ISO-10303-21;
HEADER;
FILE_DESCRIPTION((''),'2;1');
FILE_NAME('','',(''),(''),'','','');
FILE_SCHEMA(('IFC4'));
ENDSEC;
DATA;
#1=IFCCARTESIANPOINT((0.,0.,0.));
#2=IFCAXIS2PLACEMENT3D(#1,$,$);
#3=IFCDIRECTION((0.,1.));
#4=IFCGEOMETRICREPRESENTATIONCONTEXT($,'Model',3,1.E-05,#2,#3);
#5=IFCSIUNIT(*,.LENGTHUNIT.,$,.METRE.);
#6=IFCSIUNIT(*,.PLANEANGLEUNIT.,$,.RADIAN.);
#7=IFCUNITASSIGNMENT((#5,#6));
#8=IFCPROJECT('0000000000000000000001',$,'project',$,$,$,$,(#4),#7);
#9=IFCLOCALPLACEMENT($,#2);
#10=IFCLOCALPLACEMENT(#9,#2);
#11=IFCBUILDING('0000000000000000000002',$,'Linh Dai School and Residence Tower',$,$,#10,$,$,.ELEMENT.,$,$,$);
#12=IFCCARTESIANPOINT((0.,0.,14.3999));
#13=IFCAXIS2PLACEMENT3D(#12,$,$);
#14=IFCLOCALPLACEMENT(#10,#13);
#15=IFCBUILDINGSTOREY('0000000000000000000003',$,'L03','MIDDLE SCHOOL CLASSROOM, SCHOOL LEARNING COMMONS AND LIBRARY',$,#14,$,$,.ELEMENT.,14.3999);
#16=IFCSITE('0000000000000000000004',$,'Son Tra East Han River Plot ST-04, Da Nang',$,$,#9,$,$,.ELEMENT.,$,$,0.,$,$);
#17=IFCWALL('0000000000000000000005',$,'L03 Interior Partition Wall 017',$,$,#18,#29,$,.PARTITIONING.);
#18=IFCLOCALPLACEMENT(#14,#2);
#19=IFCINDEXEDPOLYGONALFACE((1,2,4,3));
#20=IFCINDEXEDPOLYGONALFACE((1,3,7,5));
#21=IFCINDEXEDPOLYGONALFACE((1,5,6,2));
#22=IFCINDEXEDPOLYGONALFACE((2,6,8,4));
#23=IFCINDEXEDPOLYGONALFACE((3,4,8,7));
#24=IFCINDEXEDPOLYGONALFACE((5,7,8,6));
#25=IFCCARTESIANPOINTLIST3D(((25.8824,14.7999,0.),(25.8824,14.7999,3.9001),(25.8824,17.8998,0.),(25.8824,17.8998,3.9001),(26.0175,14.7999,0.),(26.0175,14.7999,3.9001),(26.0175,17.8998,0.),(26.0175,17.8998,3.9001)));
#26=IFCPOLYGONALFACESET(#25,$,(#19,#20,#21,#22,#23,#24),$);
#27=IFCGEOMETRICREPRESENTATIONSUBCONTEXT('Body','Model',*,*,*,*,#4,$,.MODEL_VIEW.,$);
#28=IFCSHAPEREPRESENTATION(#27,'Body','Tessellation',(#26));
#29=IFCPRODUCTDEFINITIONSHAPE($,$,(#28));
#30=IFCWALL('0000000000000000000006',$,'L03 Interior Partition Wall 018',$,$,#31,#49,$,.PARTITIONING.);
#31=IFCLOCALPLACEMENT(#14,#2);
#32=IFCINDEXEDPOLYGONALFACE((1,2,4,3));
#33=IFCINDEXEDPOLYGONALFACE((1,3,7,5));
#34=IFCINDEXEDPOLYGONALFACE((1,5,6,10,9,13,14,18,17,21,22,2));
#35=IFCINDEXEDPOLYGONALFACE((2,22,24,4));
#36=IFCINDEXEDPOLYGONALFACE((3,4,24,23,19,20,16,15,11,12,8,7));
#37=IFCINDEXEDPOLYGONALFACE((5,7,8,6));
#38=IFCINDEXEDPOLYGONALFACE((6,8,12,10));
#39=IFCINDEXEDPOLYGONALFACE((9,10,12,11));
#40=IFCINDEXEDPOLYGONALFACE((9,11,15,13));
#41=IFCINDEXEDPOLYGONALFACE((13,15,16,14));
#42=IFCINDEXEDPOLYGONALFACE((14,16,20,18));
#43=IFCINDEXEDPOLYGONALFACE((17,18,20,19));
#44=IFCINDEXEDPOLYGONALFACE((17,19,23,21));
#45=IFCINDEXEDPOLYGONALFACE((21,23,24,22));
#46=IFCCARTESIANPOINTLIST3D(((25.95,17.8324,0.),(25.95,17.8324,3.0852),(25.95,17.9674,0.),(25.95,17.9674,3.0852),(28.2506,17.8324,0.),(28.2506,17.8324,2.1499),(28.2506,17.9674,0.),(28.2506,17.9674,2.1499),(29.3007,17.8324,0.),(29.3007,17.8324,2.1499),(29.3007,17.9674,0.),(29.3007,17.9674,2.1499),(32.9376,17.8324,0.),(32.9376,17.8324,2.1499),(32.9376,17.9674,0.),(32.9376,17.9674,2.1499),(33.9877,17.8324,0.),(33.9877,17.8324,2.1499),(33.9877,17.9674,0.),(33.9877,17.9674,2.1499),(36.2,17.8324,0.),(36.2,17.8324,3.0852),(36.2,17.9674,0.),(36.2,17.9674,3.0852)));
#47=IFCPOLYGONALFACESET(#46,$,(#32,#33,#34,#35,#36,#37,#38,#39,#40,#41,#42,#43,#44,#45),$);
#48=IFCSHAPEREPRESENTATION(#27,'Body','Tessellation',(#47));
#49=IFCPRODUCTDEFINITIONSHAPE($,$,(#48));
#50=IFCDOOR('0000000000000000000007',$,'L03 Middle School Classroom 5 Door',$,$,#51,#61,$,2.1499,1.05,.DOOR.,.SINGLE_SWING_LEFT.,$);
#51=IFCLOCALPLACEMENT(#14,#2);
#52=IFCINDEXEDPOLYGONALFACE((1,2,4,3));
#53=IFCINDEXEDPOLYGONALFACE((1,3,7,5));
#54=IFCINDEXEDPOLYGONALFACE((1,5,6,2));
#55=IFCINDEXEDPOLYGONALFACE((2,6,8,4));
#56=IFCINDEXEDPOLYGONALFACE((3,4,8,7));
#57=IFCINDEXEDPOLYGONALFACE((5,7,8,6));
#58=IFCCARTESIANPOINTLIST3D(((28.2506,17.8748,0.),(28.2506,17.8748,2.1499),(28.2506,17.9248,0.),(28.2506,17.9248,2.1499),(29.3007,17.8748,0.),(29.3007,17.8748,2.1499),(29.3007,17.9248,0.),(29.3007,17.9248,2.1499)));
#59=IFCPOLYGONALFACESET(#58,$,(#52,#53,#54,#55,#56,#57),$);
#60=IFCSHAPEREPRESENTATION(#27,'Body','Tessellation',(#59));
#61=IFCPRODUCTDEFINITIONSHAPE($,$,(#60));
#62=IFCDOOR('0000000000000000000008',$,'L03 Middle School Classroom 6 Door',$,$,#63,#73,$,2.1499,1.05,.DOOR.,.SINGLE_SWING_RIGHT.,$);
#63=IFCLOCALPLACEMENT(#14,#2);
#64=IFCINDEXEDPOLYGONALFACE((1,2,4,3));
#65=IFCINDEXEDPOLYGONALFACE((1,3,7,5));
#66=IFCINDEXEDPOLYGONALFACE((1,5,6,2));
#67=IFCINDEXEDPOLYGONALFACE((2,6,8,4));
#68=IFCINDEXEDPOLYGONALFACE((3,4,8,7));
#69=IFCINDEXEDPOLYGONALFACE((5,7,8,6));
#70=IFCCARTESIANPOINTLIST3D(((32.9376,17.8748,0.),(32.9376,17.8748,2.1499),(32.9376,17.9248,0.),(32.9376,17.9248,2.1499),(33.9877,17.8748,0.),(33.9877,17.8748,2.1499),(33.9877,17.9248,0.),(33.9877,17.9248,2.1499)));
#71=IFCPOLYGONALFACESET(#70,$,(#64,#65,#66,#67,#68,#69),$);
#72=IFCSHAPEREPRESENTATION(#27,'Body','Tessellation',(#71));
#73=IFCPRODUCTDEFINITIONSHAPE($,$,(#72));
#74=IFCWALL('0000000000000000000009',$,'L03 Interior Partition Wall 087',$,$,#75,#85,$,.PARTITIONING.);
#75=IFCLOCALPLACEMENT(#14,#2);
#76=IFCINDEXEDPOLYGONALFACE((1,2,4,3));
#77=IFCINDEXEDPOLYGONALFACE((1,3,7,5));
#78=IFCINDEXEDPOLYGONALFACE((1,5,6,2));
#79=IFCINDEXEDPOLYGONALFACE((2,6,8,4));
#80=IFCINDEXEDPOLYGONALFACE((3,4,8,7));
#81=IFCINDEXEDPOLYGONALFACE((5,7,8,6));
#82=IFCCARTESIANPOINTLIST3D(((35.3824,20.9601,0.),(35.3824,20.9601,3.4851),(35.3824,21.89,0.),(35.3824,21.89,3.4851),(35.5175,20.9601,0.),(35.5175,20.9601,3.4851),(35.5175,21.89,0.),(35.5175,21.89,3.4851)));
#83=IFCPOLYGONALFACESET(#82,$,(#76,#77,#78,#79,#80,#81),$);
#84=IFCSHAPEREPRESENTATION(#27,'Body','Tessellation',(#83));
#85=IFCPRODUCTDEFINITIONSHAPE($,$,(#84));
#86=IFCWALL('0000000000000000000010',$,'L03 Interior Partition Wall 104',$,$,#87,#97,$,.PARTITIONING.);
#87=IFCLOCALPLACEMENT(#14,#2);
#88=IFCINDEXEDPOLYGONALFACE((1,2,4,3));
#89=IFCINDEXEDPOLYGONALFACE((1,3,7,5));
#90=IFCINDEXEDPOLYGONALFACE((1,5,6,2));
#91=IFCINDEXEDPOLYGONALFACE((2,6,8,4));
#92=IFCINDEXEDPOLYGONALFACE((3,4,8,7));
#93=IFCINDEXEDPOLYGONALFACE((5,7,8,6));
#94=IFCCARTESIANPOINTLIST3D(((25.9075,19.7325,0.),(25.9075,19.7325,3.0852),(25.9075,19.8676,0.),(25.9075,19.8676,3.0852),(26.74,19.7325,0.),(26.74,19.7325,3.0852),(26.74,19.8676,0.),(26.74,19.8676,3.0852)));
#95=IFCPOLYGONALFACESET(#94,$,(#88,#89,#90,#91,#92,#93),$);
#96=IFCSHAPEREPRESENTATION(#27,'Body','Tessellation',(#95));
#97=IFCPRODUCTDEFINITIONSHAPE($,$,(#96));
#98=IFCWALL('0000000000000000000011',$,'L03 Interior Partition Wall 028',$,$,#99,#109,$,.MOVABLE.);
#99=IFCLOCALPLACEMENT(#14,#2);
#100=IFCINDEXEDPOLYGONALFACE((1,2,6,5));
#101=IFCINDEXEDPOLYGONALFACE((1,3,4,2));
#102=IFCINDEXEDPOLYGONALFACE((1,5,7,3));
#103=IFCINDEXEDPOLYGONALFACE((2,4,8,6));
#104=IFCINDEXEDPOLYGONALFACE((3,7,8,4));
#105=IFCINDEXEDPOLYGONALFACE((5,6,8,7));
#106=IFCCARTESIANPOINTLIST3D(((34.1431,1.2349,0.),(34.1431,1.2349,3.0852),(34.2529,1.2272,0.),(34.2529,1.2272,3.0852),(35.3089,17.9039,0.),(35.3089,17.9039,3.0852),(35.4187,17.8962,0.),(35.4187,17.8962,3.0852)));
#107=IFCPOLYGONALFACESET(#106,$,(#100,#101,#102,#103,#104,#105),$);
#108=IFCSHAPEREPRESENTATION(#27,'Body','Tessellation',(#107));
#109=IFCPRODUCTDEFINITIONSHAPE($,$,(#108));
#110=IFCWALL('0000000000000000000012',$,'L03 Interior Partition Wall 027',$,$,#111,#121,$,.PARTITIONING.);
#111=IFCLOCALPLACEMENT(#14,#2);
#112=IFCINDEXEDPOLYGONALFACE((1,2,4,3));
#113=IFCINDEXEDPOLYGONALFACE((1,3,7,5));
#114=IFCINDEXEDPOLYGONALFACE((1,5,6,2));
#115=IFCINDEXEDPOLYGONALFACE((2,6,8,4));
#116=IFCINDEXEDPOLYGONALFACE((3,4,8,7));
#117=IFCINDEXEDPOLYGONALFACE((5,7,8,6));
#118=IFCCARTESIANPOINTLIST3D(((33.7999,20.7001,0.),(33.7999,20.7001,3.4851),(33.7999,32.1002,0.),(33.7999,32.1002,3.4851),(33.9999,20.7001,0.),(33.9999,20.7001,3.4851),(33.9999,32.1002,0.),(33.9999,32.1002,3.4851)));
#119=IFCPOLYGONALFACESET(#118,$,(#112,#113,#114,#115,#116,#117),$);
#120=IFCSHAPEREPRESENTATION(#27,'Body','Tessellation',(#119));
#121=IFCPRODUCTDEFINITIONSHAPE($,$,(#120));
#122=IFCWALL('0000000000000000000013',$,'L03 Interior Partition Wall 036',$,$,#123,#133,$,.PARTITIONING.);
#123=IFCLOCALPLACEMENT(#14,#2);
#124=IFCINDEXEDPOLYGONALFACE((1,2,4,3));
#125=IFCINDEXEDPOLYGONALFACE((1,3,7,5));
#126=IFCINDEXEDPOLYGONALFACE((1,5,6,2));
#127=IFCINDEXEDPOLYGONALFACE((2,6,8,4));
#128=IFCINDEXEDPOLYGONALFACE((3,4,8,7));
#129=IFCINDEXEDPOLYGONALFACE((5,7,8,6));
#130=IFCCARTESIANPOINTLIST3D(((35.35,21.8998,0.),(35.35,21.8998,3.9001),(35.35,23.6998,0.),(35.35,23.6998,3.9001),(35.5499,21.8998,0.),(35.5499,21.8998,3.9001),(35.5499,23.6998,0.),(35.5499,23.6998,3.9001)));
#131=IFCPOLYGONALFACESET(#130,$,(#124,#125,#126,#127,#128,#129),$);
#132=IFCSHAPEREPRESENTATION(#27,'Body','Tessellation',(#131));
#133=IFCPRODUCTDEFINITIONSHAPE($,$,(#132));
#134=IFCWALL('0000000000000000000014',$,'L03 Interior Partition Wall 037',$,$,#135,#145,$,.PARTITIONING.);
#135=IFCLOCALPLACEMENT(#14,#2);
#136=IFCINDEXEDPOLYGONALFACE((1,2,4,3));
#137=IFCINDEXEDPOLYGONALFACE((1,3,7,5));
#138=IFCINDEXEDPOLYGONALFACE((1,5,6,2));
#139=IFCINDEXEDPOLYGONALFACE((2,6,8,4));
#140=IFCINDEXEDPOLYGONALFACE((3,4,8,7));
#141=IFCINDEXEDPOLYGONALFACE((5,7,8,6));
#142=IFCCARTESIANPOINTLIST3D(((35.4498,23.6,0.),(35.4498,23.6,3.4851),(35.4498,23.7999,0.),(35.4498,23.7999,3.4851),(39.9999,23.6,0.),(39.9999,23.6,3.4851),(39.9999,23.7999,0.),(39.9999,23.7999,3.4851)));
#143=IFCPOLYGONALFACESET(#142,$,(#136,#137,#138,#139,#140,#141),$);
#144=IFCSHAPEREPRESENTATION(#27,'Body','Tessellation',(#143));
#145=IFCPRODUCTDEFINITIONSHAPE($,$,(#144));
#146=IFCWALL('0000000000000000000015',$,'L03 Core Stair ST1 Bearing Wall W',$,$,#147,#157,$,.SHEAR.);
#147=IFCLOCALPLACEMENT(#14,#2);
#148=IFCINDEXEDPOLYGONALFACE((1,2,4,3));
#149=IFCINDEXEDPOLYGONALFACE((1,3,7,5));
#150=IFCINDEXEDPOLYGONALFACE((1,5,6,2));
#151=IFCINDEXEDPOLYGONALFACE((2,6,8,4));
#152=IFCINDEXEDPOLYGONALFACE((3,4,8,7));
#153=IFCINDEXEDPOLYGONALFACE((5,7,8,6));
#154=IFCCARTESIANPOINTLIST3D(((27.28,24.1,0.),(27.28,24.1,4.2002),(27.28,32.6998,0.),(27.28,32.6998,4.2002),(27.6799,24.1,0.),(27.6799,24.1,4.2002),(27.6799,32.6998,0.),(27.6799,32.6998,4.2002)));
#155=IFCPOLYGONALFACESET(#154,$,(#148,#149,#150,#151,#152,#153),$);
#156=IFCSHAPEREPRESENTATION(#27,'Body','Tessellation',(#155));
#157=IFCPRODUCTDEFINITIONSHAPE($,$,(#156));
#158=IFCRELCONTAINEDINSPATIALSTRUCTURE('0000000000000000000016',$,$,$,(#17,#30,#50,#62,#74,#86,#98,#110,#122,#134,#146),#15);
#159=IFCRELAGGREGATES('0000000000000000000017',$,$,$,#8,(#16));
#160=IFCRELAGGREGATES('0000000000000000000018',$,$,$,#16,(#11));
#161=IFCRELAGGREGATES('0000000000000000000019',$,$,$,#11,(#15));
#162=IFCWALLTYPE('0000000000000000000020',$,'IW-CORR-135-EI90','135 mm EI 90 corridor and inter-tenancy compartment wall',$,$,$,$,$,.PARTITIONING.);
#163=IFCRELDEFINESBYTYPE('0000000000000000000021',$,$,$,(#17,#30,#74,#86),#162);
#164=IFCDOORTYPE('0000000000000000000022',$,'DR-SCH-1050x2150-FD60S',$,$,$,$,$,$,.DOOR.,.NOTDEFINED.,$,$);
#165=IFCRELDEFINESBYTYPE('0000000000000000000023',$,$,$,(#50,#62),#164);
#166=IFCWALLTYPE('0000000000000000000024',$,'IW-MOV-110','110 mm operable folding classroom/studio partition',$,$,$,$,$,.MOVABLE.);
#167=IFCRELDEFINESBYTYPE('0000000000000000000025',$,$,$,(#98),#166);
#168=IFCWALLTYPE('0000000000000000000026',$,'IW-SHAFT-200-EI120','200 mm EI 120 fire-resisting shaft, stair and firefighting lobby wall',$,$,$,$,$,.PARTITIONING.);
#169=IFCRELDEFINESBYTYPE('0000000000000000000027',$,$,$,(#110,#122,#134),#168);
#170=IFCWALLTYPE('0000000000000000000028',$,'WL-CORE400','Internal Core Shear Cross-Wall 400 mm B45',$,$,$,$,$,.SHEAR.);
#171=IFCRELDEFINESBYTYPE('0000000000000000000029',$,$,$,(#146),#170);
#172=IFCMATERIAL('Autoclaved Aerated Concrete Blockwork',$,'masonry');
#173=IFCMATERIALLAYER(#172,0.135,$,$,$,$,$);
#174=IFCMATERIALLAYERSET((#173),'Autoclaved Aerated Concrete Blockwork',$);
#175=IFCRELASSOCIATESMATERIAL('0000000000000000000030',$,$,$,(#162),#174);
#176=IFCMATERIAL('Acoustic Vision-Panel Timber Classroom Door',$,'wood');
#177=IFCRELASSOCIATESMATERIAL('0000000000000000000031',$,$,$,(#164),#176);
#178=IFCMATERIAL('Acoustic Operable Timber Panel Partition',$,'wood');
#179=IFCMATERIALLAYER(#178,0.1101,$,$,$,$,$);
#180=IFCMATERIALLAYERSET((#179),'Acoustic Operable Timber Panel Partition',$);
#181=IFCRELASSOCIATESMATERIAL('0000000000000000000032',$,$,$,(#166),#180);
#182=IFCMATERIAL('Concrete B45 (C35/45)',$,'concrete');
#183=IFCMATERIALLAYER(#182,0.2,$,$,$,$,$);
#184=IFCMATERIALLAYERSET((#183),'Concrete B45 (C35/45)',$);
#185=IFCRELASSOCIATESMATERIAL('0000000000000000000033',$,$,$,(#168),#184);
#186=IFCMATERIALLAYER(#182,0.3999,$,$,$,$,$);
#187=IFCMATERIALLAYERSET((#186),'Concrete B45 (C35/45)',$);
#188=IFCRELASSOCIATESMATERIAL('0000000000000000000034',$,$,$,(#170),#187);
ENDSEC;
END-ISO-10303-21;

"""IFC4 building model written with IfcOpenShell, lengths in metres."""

from ifc_helpers import new_model, si_unit, direction, frame, frame_2d, origin, origin_2d, place, context, subcontext, project, spatial, rectangle, extrude, source, transform, mapped, material, layer, layer_set, type_object, element, fill, save


model = new_model("IFC4")

# Units and contexts
model_context = context("Model", 3, precision=1e-05, world=origin(), true_north=direction((0.0, 1.0)))
body_context = subcontext(model_context, "Body", "Model", "MODEL_VIEW")
ifc_project = project(units=[si_unit("LENGTHUNIT", "METRE"), si_unit("PLANEANGLEUNIT", "RADIAN")], contexts=[model_context])

# Site, building, storey
site_placement = place(None, origin())
site = spatial("IfcSite", under=ifc_project, at=site_placement, Name="Son Tra East Han River Plot ST-04, Da Nang", CompositionType="ELEMENT", RefElevation=0.0)
building_placement = place(site_placement, origin())
building = spatial("IfcBuilding", under=site, at=building_placement, Name="Linh Dai School and Residence Tower", CompositionType="ELEMENT")
storey_placement = place(building_placement, frame((0.0, 0.0, 14.3999)))
storey = spatial("IfcBuildingStorey", under=building, at=storey_placement, Name="L03", Description="MIDDLE SCHOOL CLASSROOM, SCHOOL LEARNING COMMONS AND LIBRARY", CompositionType="ELEMENT", Elevation=14.3999)

# Wall
ifc_material_1 = material(Name="Autoclaved Aerated Concrete Blockwork", Category="masonry")
ifc_layer_1 = layer(ifc_material_1, 0.135)
ifc_layer_set_1 = layer_set([ifc_layer_1], Name="Autoclaved Aerated Concrete Blockwork")
wall_type_1 = type_object("IfcWallType", Name="IW-CORR-135-EI90", Description="135 mm EI 90 corridor and inter-tenancy compartment wall", PredefinedType="PARTITIONING", material=ifc_layer_set_1)
wall_1_placement = place(storey_placement, frame((25.95, 14.8, 0.0), z_axis=(0.0, 0.0, 1.0), x_axis=(0.0, 1.0, 0.0)))
element("IfcWall", 1, at=wall_1_placement, inside=storey, type_object=wall_type_1, Name="L03 Interior Partition Wall 017", PredefinedType="PARTITIONING", context=body_context, shape_type="SweptSolid", body=[
    extrude(rectangle(XDim=3.0999, YDim=0.135, at=frame_2d((1.5498, 0.0))), origin(), (0.0, 0.0, 1.0), 3.9001),
])

# Wall, openings, doors
wall_2_placement = place(storey_placement, frame((25.95, 17.8999, 0.0), z_axis=(0.0, 0.0, 1.0), x_axis=(1.0, 0.0, 0.0)))
wall_2 = element("IfcWall", 2, at=wall_2_placement, inside=storey, type_object=wall_type_1, Name="L03 Interior Partition Wall 018", PredefinedType="PARTITIONING", context=body_context, shape_type="SweptSolid", body=[
    extrude(rectangle(XDim=10.25, YDim=0.135, at=frame_2d((5.125, 0.0))), origin(), (0.0, 0.0, 1.0), 3.0852),
])
opening_1_placement = place(wall_2_placement, frame((2.3008, 0.0, 0.0)))
opening_1 = element("IfcOpeningElement", 3, at=opening_1_placement, cuts=wall_2, PredefinedType="OPENING", context=body_context, shape_type="SweptSolid", body=[
    extrude(rectangle(XDim=1.05, YDim=2.1499, at=origin_2d()), frame((0.5249, 0.0776, 1.075), z_axis=(0.0, -1.0, 0.0), x_axis=(1.0, 0.0, 0.0)), (0.0, 0.0, 1.0), 0.155),
])
opening_2_placement = place(wall_2_placement, frame((6.9878, 0.0, 0.0)))
opening_2 = element("IfcOpeningElement", 4, at=opening_2_placement, cuts=wall_2, PredefinedType="OPENING", context=body_context, shape_type="SweptSolid", body=[
    extrude(rectangle(XDim=1.05, YDim=2.1499, at=origin_2d()), frame((0.5249, 0.0776, 1.075), z_axis=(0.0, -1.0, 0.0), x_axis=(1.0, 0.0, 0.0)), (0.0, 0.0, 1.0), 0.155),
])
ifc_material_2 = material(Name="Acoustic Vision-Panel Timber Classroom Door", Category="wood")
door_type_1 = type_object("IfcDoorType", Name="DR-SCH-1050x2150-FD60S", OperationType="NOTDEFINED", PredefinedType="DOOR", material=ifc_material_2)
shared_shape_1 = source(origin(), body_context, "Body", "SweptSolid", [
    extrude(rectangle(XDim=1.05, YDim=2.1499, at=origin_2d()), frame((0.5249, 0.0249, 1.075), z_axis=(0.0, -1.0, 0.0), x_axis=(1.0, 0.0, 0.0)), (0.0, 0.0, 1.0), 0.05),
])
door_1_placement = place(opening_1_placement, origin())
door_1 = element("IfcDoor", 5, at=door_1_placement, inside=storey, type_object=door_type_1, Name="L03 Middle School Classroom 5 Door", OperationType="SINGLE_SWING_LEFT", OverallHeight=2.1499, OverallWidth=1.05, PredefinedType="DOOR", context=body_context, shape_type="MappedRepresentation", body=[
    mapped(shared_shape_1, transform((0.0, 0.0, 0.0), x_axis=(1.0, 0.0, 0.0), y_axis=(0.0, 1.0, 0.0), z_axis=(0.0, 0.0, 1.0), scale=1.0)),
])
fill(opening_1, door_1)
door_2_placement = place(opening_2_placement, origin())
door_2 = element("IfcDoor", 6, at=door_2_placement, inside=storey, type_object=door_type_1, Name="L03 Middle School Classroom 6 Door", OperationType="SINGLE_SWING_RIGHT", OverallHeight=2.1499, OverallWidth=1.05, PredefinedType="DOOR", context=body_context, shape_type="MappedRepresentation", body=[
    mapped(shared_shape_1, transform((0.0, 0.0, 0.0), x_axis=(1.0, 0.0, 0.0), y_axis=(0.0, 1.0, 0.0), z_axis=(0.0, 0.0, 1.0), scale=1.0)),
])
fill(opening_2, door_2)

# Walls
wall_3_placement = place(storey_placement, frame((35.45, 21.8899, 0.0), z_axis=(0.0, 0.0, 1.0), x_axis=(0.0, -1.0, 0.0)))
element("IfcWall", 7, at=wall_3_placement, inside=storey, type_object=wall_type_1, Name="L03 Interior Partition Wall 087", PredefinedType="PARTITIONING", context=body_context, shape_type="SweptSolid", body=[
    extrude(rectangle(XDim=0.9299, YDim=0.135, at=frame_2d((0.4648, 0.0))), origin(), (0.0, 0.0, 1.0), 3.4851),
])
wall_4_placement = place(storey_placement, frame((25.9075, 19.8, 0.0), z_axis=(0.0, 0.0, 1.0), x_axis=(1.0, 0.0, 0.0)))
element("IfcWall", 8, at=wall_4_placement, inside=storey, type_object=wall_type_1, Name="L03 Interior Partition Wall 104", PredefinedType="PARTITIONING", context=body_context, shape_type="SweptSolid", body=[
    extrude(rectangle(XDim=0.8325, YDim=0.135, at=frame_2d((0.4163, 0.0))), origin(), (0.0, 0.0, 1.0), 3.0852),
])
ifc_material_3 = material(Name="Acoustic Operable Timber Panel Partition", Category="wood")
ifc_layer_2 = layer(ifc_material_3, 0.1101)
ifc_layer_set_2 = layer_set([ifc_layer_2], Name="Acoustic Operable Timber Panel Partition")
wall_type_2 = type_object("IfcWallType", Name="IW-MOV-110", Description="110 mm operable folding classroom/studio partition", PredefinedType="MOVABLE", material=ifc_layer_set_2)
wall_5_placement = place(storey_placement, frame((34.198, 1.231, 0.0), z_axis=(0.0, 0.0, 1.0), x_axis=(0.069766, 0.997563, 0.0)))
element("IfcWall", 9, at=wall_5_placement, inside=storey, type_object=wall_type_2, Name="L03 Interior Partition Wall 028", PredefinedType="MOVABLE", context=body_context, shape_type="SweptSolid", body=[
    extrude(rectangle(XDim=16.7097, YDim=0.1101, at=frame_2d((8.355, 0.0))), origin(), (0.0, 0.0, 1.0), 3.0852),
])

# Shared definitions
ifc_material_4 = material(Name="Concrete B45 (C35/45)", Category="concrete")
ifc_layer_3 = layer(ifc_material_4, 0.2)
ifc_layer_set_3 = layer_set([ifc_layer_3], Name="Concrete B45 (C35/45)")
wall_type_3 = type_object("IfcWallType", Name="IW-SHAFT-200-EI120", Description="200 mm EI 120 fire-resisting shaft, stair and firefighting lobby wall", PredefinedType="PARTITIONING", material=ifc_layer_set_3)

# Walls
wall_6_placement = place(storey_placement, frame((33.8999, 20.7, 0.0), z_axis=(0.0, 0.0, 1.0), x_axis=(0.0, 1.0, 0.0)))
element("IfcWall", 10, at=wall_6_placement, inside=storey, type_object=wall_type_3, Name="L03 Interior Partition Wall 027", PredefinedType="PARTITIONING", context=body_context, shape_type="SweptSolid", body=[
    extrude(rectangle(XDim=11.4001, YDim=0.2, at=frame_2d((5.7002, 0.0))), origin(), (0.0, 0.0, 1.0), 3.4851),
])
wall_7_placement = place(storey_placement, frame((35.45, 21.8999, 0.0), z_axis=(0.0, 0.0, 1.0), x_axis=(0.0, 1.0, 0.0)))
element("IfcWall", 11, at=wall_7_placement, inside=storey, type_object=wall_type_3, Name="L03 Interior Partition Wall 036", PredefinedType="PARTITIONING", context=body_context, shape_type="SweptSolid", body=[
    extrude(rectangle(XDim=1.8, YDim=0.2, at=frame_2d((0.8999, 0.0))), origin(), (0.0, 0.0, 1.0), 3.9001),
])
wall_8_placement = place(storey_placement, frame((35.45, 23.7, 0.0), z_axis=(0.0, 0.0, 1.0), x_axis=(1.0, 0.0, 0.0)))
element("IfcWall", 12, at=wall_8_placement, inside=storey, type_object=wall_type_3, Name="L03 Interior Partition Wall 037", PredefinedType="PARTITIONING", context=body_context, shape_type="SweptSolid", body=[
    extrude(rectangle(XDim=4.55, YDim=0.2, at=frame_2d((2.2749, 0.0))), origin(), (0.0, 0.0, 1.0), 3.4851),
])
ifc_layer_4 = layer(ifc_material_4, 0.3999)
ifc_layer_set_4 = layer_set([ifc_layer_4], Name="Concrete B45 (C35/45)")
wall_type_4 = type_object("IfcWallType", Name="WL-CORE400", Description="Internal Core Shear Cross-Wall 400 mm B45", PredefinedType="SHEAR", material=ifc_layer_set_4)
wall_9_placement = place(storey_placement, frame((27.48, 24.1001, 0.0), z_axis=(0.0, 0.0, 1.0), x_axis=(0.0, 1.0, 0.0)))
element("IfcWall", 13, at=wall_9_placement, inside=storey, type_object=wall_type_4, Name="L03 Core Stair ST1 Bearing Wall W", PredefinedType="SHEAR", context=body_context, shape_type="SweptSolid", body=[
    extrude(rectangle(XDim=8.5999, YDim=0.3999, at=frame_2d((4.2998, 0.0))), origin(), (0.0, 0.0, 1.0), 4.2002),
])

save(model, "model.ifc")
